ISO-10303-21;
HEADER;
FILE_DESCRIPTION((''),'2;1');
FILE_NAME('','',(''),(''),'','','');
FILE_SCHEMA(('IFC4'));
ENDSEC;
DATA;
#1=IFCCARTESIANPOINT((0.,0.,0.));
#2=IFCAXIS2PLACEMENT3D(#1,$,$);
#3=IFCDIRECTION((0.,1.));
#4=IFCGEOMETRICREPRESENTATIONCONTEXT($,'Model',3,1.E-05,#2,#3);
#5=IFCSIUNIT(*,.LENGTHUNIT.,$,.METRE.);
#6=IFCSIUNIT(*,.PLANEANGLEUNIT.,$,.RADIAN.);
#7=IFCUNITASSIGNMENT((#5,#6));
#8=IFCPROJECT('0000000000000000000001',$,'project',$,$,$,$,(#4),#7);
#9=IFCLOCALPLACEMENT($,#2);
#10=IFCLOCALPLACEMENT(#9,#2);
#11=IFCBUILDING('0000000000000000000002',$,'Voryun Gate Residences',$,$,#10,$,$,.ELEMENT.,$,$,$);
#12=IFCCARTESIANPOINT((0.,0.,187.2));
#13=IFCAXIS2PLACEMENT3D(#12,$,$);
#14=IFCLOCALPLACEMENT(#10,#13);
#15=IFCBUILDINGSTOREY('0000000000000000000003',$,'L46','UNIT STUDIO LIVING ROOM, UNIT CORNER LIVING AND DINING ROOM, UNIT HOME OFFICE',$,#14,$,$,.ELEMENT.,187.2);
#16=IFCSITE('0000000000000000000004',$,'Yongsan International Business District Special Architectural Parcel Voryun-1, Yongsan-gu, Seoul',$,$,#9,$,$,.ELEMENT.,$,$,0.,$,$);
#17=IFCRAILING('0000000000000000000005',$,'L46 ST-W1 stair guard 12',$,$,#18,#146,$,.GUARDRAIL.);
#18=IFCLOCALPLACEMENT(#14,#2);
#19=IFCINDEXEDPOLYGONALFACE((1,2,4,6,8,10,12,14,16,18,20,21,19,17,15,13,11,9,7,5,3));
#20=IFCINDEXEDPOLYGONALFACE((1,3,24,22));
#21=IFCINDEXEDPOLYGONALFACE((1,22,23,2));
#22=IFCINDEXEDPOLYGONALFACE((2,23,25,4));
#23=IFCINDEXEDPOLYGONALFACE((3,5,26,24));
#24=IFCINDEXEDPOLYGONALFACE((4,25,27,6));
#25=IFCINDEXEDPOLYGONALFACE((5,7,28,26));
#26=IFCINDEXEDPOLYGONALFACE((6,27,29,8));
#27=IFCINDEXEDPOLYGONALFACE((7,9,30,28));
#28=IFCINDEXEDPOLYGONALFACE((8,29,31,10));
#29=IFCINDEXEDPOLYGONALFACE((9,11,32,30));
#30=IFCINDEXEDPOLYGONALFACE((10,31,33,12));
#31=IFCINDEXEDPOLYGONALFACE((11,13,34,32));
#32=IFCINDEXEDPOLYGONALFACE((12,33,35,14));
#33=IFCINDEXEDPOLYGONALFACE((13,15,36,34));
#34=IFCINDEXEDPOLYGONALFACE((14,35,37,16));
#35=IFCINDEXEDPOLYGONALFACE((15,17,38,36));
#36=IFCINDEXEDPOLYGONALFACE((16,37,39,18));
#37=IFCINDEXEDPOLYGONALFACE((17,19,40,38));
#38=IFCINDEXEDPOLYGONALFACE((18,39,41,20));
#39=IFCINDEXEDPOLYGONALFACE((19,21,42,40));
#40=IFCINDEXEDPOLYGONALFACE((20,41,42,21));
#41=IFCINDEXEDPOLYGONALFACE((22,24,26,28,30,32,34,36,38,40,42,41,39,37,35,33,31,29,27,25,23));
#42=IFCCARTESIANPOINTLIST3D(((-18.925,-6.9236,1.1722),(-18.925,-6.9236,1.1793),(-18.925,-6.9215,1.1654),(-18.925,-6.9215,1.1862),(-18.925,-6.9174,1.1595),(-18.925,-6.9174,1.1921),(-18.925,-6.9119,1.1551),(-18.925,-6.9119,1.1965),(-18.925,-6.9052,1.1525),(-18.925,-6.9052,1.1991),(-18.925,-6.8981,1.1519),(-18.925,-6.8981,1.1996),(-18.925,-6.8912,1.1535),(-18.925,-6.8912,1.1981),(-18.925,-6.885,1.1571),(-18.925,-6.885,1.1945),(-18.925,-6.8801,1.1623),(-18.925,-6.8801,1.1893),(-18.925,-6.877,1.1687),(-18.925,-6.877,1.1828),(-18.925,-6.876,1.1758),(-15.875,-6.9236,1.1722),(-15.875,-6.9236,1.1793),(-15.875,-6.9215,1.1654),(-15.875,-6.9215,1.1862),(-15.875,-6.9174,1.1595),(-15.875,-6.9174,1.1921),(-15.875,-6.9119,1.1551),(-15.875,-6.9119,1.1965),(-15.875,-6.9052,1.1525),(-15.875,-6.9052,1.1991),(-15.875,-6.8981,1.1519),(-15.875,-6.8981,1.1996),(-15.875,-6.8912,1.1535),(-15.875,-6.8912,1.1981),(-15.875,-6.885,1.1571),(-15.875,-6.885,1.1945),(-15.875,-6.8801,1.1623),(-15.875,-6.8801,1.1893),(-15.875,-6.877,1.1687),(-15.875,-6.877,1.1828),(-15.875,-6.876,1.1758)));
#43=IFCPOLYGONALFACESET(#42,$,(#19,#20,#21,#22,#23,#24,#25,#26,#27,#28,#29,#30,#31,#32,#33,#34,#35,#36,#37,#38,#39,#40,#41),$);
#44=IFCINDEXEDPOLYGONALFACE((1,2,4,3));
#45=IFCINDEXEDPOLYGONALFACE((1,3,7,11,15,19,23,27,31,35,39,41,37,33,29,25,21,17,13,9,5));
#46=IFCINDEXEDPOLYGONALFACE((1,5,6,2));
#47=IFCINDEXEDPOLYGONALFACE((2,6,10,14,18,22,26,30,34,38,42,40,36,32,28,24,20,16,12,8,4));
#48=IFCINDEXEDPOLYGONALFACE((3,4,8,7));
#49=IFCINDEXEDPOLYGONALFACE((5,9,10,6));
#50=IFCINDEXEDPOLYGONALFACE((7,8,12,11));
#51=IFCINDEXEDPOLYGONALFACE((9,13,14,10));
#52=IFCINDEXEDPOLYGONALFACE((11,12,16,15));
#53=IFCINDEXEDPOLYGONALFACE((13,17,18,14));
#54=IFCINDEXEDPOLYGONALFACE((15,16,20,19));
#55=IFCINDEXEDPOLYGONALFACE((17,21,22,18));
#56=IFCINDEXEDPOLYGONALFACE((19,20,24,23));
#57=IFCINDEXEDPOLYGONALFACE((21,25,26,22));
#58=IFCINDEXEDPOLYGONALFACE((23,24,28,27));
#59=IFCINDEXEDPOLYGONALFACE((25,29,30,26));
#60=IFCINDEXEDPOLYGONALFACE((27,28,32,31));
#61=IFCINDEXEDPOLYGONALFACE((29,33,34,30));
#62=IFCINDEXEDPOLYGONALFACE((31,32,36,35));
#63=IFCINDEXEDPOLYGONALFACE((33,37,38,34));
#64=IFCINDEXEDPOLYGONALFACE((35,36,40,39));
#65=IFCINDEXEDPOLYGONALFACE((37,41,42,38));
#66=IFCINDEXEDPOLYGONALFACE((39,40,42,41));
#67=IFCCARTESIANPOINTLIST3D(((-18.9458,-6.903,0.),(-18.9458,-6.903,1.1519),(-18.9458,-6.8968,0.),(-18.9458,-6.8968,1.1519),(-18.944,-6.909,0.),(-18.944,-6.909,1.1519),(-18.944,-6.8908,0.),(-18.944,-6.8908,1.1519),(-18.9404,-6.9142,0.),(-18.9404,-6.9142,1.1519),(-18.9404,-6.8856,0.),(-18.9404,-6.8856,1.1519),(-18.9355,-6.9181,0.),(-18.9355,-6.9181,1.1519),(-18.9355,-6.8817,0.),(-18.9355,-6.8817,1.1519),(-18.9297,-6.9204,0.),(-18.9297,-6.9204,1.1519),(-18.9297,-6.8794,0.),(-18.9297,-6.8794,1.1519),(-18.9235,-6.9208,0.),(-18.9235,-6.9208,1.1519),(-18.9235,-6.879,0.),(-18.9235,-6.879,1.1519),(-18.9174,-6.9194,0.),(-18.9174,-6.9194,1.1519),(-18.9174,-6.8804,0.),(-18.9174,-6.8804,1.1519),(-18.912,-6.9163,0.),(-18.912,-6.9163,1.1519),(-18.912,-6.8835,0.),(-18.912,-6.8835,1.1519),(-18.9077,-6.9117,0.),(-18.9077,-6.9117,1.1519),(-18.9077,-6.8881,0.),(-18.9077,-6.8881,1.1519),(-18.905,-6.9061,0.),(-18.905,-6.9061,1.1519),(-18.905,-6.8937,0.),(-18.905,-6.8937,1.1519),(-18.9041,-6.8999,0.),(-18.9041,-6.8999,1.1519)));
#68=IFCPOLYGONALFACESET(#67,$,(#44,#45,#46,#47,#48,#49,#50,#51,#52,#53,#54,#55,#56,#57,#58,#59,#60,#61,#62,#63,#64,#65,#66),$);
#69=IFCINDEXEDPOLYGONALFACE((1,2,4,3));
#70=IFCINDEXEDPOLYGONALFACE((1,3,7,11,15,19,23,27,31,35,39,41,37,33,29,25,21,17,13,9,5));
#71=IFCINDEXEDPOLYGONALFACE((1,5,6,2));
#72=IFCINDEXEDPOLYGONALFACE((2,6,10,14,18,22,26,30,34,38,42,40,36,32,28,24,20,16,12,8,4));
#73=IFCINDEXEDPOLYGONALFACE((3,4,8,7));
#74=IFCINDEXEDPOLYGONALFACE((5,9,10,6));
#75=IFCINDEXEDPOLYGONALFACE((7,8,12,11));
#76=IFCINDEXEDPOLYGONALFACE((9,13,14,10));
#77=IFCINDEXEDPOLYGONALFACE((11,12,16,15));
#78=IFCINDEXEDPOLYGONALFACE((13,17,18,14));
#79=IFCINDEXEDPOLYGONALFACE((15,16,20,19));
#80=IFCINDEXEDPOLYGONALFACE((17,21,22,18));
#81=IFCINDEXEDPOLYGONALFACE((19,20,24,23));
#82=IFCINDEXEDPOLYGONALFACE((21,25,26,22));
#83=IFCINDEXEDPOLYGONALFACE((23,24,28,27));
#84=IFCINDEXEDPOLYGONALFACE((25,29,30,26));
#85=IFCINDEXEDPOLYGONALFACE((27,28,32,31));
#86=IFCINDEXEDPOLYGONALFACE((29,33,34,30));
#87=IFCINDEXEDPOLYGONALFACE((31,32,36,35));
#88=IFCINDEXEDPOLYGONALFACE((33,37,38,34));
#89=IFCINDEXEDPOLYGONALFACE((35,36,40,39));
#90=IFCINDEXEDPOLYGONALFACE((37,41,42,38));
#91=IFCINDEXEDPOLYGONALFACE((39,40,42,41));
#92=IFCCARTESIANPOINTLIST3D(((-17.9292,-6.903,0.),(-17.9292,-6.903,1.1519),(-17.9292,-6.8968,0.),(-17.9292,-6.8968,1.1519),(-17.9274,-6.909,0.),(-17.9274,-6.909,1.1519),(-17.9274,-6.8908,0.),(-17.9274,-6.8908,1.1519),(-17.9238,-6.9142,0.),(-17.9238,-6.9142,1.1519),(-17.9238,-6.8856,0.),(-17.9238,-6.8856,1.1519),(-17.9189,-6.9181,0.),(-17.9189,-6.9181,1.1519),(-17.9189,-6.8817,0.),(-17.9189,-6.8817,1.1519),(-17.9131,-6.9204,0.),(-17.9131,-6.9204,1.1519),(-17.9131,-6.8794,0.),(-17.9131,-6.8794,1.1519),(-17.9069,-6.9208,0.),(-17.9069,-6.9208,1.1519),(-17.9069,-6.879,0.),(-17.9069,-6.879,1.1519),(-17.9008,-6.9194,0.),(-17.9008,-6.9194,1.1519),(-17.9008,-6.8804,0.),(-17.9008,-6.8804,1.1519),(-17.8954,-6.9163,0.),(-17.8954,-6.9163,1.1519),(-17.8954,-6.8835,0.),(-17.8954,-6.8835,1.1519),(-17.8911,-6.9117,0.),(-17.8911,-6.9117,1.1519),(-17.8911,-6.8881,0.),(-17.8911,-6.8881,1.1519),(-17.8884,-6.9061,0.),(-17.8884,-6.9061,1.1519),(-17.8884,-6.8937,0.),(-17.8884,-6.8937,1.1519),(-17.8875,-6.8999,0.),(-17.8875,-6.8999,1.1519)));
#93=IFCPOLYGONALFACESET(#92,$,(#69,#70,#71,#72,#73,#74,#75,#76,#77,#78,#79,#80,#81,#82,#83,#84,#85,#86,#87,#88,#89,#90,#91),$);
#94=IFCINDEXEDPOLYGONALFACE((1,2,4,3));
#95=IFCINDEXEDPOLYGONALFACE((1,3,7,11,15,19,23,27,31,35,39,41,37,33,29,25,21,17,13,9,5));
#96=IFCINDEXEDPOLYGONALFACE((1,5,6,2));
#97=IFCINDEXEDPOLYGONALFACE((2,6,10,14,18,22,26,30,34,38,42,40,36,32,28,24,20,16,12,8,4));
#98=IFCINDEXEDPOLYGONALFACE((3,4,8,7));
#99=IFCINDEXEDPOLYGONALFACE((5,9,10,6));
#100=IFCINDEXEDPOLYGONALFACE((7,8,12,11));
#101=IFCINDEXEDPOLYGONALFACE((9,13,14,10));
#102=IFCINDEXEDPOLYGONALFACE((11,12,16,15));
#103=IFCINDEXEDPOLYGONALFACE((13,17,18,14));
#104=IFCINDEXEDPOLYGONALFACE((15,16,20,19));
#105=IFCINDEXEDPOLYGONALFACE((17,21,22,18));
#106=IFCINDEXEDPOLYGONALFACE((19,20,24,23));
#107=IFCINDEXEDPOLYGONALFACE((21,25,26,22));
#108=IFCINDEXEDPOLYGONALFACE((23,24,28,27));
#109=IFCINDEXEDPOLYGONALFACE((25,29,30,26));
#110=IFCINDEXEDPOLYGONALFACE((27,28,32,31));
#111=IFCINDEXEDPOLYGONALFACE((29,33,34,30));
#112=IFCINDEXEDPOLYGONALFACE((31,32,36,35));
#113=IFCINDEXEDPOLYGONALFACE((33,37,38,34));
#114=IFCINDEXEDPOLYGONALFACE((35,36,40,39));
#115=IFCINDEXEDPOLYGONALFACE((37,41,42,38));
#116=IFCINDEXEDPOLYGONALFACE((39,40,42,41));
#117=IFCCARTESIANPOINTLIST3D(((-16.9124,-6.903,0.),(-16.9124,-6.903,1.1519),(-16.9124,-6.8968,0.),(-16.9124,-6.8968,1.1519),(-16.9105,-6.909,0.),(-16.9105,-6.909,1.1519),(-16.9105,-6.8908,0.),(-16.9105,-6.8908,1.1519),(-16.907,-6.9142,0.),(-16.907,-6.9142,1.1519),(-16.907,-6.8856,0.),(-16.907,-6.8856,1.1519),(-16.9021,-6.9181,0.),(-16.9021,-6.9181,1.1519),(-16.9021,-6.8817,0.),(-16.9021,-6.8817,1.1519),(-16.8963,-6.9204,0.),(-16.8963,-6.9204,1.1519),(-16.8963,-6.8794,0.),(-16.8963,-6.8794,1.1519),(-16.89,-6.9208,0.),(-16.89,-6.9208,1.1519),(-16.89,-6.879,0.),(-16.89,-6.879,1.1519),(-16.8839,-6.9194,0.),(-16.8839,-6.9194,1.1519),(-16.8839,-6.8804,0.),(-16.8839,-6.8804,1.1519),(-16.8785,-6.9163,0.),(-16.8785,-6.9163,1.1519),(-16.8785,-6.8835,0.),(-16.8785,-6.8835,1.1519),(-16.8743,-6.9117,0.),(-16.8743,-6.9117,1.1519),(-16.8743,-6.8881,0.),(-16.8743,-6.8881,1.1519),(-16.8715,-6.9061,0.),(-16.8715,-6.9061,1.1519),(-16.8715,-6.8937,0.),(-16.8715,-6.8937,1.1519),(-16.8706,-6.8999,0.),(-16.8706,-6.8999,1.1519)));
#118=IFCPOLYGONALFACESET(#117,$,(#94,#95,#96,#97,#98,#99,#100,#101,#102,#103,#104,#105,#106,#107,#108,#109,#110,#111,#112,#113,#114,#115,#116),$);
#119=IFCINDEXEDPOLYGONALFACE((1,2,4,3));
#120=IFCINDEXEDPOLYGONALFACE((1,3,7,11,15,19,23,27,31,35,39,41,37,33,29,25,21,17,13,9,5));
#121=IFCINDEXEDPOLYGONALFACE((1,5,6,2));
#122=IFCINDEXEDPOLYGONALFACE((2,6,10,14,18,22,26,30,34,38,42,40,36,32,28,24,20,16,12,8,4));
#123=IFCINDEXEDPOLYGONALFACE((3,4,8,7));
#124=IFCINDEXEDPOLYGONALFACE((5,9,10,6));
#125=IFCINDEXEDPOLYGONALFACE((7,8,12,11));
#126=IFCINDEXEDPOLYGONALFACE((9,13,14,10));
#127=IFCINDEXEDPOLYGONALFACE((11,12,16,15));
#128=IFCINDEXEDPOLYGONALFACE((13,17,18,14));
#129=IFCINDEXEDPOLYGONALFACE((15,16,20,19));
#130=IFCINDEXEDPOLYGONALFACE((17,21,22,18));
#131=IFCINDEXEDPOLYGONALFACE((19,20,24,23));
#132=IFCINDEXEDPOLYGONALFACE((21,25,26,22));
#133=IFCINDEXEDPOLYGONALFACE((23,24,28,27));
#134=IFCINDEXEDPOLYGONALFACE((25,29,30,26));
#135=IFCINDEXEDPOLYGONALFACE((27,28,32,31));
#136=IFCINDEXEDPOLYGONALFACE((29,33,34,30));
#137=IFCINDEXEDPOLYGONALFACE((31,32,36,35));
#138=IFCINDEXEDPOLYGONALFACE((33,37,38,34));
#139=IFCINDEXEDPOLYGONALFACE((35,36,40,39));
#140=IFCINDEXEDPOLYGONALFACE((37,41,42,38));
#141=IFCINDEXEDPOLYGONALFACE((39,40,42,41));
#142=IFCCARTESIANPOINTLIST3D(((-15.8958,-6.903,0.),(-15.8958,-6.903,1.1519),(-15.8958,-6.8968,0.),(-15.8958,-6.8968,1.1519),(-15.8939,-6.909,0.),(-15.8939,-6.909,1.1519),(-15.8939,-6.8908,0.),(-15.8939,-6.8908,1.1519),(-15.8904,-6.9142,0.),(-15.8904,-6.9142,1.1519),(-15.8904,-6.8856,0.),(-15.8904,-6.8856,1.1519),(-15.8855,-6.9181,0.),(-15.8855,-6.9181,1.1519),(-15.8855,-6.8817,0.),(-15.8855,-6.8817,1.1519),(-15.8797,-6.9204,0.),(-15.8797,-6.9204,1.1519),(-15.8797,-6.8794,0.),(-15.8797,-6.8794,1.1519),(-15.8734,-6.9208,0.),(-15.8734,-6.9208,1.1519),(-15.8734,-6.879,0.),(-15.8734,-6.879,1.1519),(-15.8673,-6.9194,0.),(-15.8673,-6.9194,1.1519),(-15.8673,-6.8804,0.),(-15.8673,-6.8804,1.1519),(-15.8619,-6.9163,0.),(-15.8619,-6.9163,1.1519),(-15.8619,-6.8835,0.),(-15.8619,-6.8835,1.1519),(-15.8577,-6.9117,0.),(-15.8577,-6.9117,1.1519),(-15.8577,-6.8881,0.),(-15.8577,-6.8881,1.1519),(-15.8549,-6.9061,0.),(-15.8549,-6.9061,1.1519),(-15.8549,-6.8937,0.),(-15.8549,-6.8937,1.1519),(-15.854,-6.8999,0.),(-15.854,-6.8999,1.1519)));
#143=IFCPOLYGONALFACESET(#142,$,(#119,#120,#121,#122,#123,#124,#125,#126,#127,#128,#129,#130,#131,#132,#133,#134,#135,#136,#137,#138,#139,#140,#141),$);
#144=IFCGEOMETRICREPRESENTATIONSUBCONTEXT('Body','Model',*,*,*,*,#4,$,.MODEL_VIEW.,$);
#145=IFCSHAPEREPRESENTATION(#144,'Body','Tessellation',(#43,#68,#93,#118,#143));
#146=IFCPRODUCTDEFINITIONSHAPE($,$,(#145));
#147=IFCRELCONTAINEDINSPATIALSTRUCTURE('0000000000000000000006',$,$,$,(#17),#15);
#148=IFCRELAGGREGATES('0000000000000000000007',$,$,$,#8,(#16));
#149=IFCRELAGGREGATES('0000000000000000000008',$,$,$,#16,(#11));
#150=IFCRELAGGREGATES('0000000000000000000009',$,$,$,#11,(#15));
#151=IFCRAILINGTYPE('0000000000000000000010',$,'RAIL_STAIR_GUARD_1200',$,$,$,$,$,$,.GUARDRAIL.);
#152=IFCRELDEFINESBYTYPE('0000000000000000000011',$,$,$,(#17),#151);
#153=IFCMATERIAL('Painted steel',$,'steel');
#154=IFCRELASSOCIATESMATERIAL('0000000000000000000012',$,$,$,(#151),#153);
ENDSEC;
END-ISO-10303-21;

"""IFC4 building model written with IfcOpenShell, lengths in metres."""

from ifc_helpers import new_model, si_unit, direction, frame, origin, origin_2d, place, context, subcontext, project, spatial, circle, extrude, material, type_object, element, save


model = new_model("IFC4")

# Units and contexts
model_context = context("Model", 3, precision=1e-05, world=origin(), true_north=direction((0.0, 1.0)))
body_context = subcontext(model_context, "Body", "Model", "MODEL_VIEW")
ifc_project = project(units=[si_unit("LENGTHUNIT", "METRE"), si_unit("PLANEANGLEUNIT", "RADIAN")], contexts=[model_context])

# Site, building, storey
site_placement = place(None, origin())
site = spatial("IfcSite", under=ifc_project, at=site_placement, Name="Yongsan International Business District Special Architectural Parcel Voryun-1, Yongsan-gu, Seoul", CompositionType="ELEMENT", RefElevation=0.0)
building_placement = place(site_placement, origin())
building = spatial("IfcBuilding", under=site, at=building_placement, Name="Voryun Gate Residences", CompositionType="ELEMENT")
storey_placement = place(building_placement, frame((0.0, 0.0, 187.2)))
storey = spatial("IfcBuildingStorey", under=building, at=storey_placement, Name="L46", Description="UNIT STUDIO LIVING ROOM, UNIT CORNER LIVING AND DINING ROOM, UNIT HOME OFFICE", CompositionType="ELEMENT", Elevation=187.2)

# Railing
ifc_material_1 = material(Name="Painted steel", Category="steel")
railing_type_1 = type_object("IfcRailingType", Name="RAIL_STAIR_GUARD_1200", PredefinedType="GUARDRAIL", material=ifc_material_1)
railing_1_placement = place(storey_placement, frame((-18.925, -6.8999, 0.0)))
element("IfcRailing", 1, at=railing_1_placement, inside=storey, type_object=railing_type_1, Name="L46 ST-W1 stair guard 12", PredefinedType="GUARDRAIL", context=body_context, shape_type="SweptSolid", body=[
    extrude(circle(Radius=0.0239, at=origin_2d()), frame((0.0, 0.0, 1.1758), z_axis=(1.0, 0.0, 0.0), x_axis=(0.0, 1.0, 0.0)), (0.0, 0.0, 1.0), 3.05),
    extrude(circle(Radius=0.021, at=origin_2d()), origin(), (0.0, 0.0, 1.0), 1.1519),
    extrude(circle(Radius=0.021, at=origin_2d()), frame((1.0166, 0.0, 0.0)), (0.0, 0.0, 1.0), 1.1519),
    extrude(circle(Radius=0.021, at=origin_2d()), frame((2.0334, 0.0, 0.0)), (0.0, 0.0, 1.0), 1.1519),
    extrude(circle(Radius=0.021, at=origin_2d()), frame((3.05, 0.0, 0.0)), (0.0, 0.0, 1.0), 1.1519),
])

save(model, "model.ifc")
